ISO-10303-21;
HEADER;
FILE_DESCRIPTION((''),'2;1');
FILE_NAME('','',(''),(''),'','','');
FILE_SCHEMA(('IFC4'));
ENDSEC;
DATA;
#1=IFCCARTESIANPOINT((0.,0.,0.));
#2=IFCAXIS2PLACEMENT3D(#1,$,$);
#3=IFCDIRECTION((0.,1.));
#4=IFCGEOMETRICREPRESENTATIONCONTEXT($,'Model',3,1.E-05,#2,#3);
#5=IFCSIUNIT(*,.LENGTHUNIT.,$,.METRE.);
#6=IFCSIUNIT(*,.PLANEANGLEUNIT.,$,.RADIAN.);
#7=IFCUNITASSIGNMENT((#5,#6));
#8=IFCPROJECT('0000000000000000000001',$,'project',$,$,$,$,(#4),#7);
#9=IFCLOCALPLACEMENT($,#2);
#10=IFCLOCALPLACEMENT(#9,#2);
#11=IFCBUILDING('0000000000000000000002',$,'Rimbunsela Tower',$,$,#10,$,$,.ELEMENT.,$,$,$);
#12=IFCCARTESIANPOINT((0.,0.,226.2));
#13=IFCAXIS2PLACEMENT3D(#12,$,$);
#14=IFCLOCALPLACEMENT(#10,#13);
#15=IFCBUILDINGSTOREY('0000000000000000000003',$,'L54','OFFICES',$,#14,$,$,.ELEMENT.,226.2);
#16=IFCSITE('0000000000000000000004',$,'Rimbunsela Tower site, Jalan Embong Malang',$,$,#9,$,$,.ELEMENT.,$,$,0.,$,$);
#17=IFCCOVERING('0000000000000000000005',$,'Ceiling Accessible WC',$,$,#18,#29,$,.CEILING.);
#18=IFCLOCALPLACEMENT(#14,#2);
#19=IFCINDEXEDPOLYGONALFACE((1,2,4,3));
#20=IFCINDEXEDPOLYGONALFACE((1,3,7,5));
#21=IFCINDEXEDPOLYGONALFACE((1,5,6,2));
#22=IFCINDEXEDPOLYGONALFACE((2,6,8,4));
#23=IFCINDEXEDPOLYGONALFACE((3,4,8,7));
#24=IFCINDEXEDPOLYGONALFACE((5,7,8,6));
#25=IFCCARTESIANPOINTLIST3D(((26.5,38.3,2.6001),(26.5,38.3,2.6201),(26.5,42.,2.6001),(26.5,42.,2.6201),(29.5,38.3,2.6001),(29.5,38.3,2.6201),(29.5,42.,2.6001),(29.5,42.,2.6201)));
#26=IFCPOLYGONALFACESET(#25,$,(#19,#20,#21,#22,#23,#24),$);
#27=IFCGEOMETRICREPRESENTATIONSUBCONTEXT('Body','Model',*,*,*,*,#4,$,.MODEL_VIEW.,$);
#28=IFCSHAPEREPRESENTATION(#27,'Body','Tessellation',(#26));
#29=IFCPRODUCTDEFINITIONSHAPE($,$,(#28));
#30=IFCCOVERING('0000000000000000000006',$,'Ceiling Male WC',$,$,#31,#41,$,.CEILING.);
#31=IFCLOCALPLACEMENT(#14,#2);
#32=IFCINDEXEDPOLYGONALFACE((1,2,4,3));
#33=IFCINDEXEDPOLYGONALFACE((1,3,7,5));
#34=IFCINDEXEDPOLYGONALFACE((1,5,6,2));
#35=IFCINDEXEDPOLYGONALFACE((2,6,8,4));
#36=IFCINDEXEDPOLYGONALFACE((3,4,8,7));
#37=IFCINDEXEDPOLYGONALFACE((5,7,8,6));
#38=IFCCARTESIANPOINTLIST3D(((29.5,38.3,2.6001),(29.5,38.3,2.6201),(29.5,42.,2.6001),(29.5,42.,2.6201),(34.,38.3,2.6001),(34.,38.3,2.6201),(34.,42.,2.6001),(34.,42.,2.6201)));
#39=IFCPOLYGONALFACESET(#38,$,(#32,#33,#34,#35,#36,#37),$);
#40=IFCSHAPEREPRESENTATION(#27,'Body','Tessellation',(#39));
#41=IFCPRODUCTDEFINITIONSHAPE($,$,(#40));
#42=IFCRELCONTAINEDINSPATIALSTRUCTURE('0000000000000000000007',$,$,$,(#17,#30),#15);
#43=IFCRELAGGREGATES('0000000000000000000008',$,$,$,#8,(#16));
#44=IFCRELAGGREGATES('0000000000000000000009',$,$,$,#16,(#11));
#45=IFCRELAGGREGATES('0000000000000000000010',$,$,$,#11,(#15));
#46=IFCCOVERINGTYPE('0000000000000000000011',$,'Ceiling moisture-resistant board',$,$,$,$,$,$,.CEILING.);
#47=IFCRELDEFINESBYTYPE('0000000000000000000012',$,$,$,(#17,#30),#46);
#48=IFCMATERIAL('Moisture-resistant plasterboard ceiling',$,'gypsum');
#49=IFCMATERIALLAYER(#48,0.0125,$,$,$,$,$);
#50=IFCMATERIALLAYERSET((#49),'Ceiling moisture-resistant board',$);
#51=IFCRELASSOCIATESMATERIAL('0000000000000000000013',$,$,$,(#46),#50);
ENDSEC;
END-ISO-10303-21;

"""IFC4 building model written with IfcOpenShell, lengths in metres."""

from ifc_helpers import new_model, si_unit, direction, frame, origin, place, context, subcontext, project, spatial, polyline, outline, extrude, material, layer, layer_set, type_object, element, save


model = new_model("IFC4")

# Units and contexts
model_context = context("Model", 3, precision=1e-05, world=origin(), true_north=direction((0.0, 1.0)))
body_context = subcontext(model_context, "Body", "Model", "MODEL_VIEW")
ifc_project = project(units=[si_unit("LENGTHUNIT", "METRE"), si_unit("PLANEANGLEUNIT", "RADIAN")], contexts=[model_context])

# Site, building, storey
site_placement = place(None, origin())
site = spatial("IfcSite", under=ifc_project, at=site_placement, Name="Rimbunsela Tower site, Jalan Embong Malang", CompositionType="ELEMENT", RefElevation=0.0)
building_placement = place(site_placement, origin())
building = spatial("IfcBuilding", under=site, at=building_placement, Name="Rimbunsela Tower", CompositionType="ELEMENT")
storey_placement = place(building_placement, frame((0.0, 0.0, 226.2)))
storey = spatial("IfcBuildingStorey", under=building, at=storey_placement, Name="L54", Description="OFFICES", CompositionType="ELEMENT", Elevation=226.2)

# Coverings
ifc_material_1 = material(Name="Moisture-resistant plasterboard ceiling", Category="gypsum")
ifc_layer_1 = layer(ifc_material_1, 0.0125)
ifc_layer_set_1 = layer_set([ifc_layer_1], Name="Ceiling moisture-resistant board")
covering_type_1 = type_object("IfcCoveringType", Name="Ceiling moisture-resistant board", PredefinedType="CEILING", material=ifc_layer_set_1)
covering_1_placement = place(storey_placement, frame((0.0, 0.0, 2.6001)))
element("IfcCovering", 1, at=covering_1_placement, inside=storey, type_object=covering_type_1, Name="Ceiling Accessible WC", PredefinedType="CEILING", context=body_context, shape_type="SweptSolid", body=[
    extrude(outline(polyline([(29.5, 38.3), (29.5, 42.0), (26.5, 42.0), (26.5, 38.3), (29.5, 38.3)])), origin(), (0.0, 0.0, 1.0), 0.02),
])
covering_2_placement = place(storey_placement, frame((0.0, 0.0, 2.6001)))
element("IfcCovering", 2, at=covering_2_placement, inside=storey, type_object=covering_type_1, Name="Ceiling Male WC", PredefinedType="CEILING", context=body_context, shape_type="SweptSolid", body=[
    extrude(outline(polyline([(34.0, 38.3), (34.0, 42.0), (29.5, 42.0), (29.5, 38.3), (34.0, 38.3)])), origin(), (0.0, 0.0, 1.0), 0.02),
])

save(model, "model.ifc")
